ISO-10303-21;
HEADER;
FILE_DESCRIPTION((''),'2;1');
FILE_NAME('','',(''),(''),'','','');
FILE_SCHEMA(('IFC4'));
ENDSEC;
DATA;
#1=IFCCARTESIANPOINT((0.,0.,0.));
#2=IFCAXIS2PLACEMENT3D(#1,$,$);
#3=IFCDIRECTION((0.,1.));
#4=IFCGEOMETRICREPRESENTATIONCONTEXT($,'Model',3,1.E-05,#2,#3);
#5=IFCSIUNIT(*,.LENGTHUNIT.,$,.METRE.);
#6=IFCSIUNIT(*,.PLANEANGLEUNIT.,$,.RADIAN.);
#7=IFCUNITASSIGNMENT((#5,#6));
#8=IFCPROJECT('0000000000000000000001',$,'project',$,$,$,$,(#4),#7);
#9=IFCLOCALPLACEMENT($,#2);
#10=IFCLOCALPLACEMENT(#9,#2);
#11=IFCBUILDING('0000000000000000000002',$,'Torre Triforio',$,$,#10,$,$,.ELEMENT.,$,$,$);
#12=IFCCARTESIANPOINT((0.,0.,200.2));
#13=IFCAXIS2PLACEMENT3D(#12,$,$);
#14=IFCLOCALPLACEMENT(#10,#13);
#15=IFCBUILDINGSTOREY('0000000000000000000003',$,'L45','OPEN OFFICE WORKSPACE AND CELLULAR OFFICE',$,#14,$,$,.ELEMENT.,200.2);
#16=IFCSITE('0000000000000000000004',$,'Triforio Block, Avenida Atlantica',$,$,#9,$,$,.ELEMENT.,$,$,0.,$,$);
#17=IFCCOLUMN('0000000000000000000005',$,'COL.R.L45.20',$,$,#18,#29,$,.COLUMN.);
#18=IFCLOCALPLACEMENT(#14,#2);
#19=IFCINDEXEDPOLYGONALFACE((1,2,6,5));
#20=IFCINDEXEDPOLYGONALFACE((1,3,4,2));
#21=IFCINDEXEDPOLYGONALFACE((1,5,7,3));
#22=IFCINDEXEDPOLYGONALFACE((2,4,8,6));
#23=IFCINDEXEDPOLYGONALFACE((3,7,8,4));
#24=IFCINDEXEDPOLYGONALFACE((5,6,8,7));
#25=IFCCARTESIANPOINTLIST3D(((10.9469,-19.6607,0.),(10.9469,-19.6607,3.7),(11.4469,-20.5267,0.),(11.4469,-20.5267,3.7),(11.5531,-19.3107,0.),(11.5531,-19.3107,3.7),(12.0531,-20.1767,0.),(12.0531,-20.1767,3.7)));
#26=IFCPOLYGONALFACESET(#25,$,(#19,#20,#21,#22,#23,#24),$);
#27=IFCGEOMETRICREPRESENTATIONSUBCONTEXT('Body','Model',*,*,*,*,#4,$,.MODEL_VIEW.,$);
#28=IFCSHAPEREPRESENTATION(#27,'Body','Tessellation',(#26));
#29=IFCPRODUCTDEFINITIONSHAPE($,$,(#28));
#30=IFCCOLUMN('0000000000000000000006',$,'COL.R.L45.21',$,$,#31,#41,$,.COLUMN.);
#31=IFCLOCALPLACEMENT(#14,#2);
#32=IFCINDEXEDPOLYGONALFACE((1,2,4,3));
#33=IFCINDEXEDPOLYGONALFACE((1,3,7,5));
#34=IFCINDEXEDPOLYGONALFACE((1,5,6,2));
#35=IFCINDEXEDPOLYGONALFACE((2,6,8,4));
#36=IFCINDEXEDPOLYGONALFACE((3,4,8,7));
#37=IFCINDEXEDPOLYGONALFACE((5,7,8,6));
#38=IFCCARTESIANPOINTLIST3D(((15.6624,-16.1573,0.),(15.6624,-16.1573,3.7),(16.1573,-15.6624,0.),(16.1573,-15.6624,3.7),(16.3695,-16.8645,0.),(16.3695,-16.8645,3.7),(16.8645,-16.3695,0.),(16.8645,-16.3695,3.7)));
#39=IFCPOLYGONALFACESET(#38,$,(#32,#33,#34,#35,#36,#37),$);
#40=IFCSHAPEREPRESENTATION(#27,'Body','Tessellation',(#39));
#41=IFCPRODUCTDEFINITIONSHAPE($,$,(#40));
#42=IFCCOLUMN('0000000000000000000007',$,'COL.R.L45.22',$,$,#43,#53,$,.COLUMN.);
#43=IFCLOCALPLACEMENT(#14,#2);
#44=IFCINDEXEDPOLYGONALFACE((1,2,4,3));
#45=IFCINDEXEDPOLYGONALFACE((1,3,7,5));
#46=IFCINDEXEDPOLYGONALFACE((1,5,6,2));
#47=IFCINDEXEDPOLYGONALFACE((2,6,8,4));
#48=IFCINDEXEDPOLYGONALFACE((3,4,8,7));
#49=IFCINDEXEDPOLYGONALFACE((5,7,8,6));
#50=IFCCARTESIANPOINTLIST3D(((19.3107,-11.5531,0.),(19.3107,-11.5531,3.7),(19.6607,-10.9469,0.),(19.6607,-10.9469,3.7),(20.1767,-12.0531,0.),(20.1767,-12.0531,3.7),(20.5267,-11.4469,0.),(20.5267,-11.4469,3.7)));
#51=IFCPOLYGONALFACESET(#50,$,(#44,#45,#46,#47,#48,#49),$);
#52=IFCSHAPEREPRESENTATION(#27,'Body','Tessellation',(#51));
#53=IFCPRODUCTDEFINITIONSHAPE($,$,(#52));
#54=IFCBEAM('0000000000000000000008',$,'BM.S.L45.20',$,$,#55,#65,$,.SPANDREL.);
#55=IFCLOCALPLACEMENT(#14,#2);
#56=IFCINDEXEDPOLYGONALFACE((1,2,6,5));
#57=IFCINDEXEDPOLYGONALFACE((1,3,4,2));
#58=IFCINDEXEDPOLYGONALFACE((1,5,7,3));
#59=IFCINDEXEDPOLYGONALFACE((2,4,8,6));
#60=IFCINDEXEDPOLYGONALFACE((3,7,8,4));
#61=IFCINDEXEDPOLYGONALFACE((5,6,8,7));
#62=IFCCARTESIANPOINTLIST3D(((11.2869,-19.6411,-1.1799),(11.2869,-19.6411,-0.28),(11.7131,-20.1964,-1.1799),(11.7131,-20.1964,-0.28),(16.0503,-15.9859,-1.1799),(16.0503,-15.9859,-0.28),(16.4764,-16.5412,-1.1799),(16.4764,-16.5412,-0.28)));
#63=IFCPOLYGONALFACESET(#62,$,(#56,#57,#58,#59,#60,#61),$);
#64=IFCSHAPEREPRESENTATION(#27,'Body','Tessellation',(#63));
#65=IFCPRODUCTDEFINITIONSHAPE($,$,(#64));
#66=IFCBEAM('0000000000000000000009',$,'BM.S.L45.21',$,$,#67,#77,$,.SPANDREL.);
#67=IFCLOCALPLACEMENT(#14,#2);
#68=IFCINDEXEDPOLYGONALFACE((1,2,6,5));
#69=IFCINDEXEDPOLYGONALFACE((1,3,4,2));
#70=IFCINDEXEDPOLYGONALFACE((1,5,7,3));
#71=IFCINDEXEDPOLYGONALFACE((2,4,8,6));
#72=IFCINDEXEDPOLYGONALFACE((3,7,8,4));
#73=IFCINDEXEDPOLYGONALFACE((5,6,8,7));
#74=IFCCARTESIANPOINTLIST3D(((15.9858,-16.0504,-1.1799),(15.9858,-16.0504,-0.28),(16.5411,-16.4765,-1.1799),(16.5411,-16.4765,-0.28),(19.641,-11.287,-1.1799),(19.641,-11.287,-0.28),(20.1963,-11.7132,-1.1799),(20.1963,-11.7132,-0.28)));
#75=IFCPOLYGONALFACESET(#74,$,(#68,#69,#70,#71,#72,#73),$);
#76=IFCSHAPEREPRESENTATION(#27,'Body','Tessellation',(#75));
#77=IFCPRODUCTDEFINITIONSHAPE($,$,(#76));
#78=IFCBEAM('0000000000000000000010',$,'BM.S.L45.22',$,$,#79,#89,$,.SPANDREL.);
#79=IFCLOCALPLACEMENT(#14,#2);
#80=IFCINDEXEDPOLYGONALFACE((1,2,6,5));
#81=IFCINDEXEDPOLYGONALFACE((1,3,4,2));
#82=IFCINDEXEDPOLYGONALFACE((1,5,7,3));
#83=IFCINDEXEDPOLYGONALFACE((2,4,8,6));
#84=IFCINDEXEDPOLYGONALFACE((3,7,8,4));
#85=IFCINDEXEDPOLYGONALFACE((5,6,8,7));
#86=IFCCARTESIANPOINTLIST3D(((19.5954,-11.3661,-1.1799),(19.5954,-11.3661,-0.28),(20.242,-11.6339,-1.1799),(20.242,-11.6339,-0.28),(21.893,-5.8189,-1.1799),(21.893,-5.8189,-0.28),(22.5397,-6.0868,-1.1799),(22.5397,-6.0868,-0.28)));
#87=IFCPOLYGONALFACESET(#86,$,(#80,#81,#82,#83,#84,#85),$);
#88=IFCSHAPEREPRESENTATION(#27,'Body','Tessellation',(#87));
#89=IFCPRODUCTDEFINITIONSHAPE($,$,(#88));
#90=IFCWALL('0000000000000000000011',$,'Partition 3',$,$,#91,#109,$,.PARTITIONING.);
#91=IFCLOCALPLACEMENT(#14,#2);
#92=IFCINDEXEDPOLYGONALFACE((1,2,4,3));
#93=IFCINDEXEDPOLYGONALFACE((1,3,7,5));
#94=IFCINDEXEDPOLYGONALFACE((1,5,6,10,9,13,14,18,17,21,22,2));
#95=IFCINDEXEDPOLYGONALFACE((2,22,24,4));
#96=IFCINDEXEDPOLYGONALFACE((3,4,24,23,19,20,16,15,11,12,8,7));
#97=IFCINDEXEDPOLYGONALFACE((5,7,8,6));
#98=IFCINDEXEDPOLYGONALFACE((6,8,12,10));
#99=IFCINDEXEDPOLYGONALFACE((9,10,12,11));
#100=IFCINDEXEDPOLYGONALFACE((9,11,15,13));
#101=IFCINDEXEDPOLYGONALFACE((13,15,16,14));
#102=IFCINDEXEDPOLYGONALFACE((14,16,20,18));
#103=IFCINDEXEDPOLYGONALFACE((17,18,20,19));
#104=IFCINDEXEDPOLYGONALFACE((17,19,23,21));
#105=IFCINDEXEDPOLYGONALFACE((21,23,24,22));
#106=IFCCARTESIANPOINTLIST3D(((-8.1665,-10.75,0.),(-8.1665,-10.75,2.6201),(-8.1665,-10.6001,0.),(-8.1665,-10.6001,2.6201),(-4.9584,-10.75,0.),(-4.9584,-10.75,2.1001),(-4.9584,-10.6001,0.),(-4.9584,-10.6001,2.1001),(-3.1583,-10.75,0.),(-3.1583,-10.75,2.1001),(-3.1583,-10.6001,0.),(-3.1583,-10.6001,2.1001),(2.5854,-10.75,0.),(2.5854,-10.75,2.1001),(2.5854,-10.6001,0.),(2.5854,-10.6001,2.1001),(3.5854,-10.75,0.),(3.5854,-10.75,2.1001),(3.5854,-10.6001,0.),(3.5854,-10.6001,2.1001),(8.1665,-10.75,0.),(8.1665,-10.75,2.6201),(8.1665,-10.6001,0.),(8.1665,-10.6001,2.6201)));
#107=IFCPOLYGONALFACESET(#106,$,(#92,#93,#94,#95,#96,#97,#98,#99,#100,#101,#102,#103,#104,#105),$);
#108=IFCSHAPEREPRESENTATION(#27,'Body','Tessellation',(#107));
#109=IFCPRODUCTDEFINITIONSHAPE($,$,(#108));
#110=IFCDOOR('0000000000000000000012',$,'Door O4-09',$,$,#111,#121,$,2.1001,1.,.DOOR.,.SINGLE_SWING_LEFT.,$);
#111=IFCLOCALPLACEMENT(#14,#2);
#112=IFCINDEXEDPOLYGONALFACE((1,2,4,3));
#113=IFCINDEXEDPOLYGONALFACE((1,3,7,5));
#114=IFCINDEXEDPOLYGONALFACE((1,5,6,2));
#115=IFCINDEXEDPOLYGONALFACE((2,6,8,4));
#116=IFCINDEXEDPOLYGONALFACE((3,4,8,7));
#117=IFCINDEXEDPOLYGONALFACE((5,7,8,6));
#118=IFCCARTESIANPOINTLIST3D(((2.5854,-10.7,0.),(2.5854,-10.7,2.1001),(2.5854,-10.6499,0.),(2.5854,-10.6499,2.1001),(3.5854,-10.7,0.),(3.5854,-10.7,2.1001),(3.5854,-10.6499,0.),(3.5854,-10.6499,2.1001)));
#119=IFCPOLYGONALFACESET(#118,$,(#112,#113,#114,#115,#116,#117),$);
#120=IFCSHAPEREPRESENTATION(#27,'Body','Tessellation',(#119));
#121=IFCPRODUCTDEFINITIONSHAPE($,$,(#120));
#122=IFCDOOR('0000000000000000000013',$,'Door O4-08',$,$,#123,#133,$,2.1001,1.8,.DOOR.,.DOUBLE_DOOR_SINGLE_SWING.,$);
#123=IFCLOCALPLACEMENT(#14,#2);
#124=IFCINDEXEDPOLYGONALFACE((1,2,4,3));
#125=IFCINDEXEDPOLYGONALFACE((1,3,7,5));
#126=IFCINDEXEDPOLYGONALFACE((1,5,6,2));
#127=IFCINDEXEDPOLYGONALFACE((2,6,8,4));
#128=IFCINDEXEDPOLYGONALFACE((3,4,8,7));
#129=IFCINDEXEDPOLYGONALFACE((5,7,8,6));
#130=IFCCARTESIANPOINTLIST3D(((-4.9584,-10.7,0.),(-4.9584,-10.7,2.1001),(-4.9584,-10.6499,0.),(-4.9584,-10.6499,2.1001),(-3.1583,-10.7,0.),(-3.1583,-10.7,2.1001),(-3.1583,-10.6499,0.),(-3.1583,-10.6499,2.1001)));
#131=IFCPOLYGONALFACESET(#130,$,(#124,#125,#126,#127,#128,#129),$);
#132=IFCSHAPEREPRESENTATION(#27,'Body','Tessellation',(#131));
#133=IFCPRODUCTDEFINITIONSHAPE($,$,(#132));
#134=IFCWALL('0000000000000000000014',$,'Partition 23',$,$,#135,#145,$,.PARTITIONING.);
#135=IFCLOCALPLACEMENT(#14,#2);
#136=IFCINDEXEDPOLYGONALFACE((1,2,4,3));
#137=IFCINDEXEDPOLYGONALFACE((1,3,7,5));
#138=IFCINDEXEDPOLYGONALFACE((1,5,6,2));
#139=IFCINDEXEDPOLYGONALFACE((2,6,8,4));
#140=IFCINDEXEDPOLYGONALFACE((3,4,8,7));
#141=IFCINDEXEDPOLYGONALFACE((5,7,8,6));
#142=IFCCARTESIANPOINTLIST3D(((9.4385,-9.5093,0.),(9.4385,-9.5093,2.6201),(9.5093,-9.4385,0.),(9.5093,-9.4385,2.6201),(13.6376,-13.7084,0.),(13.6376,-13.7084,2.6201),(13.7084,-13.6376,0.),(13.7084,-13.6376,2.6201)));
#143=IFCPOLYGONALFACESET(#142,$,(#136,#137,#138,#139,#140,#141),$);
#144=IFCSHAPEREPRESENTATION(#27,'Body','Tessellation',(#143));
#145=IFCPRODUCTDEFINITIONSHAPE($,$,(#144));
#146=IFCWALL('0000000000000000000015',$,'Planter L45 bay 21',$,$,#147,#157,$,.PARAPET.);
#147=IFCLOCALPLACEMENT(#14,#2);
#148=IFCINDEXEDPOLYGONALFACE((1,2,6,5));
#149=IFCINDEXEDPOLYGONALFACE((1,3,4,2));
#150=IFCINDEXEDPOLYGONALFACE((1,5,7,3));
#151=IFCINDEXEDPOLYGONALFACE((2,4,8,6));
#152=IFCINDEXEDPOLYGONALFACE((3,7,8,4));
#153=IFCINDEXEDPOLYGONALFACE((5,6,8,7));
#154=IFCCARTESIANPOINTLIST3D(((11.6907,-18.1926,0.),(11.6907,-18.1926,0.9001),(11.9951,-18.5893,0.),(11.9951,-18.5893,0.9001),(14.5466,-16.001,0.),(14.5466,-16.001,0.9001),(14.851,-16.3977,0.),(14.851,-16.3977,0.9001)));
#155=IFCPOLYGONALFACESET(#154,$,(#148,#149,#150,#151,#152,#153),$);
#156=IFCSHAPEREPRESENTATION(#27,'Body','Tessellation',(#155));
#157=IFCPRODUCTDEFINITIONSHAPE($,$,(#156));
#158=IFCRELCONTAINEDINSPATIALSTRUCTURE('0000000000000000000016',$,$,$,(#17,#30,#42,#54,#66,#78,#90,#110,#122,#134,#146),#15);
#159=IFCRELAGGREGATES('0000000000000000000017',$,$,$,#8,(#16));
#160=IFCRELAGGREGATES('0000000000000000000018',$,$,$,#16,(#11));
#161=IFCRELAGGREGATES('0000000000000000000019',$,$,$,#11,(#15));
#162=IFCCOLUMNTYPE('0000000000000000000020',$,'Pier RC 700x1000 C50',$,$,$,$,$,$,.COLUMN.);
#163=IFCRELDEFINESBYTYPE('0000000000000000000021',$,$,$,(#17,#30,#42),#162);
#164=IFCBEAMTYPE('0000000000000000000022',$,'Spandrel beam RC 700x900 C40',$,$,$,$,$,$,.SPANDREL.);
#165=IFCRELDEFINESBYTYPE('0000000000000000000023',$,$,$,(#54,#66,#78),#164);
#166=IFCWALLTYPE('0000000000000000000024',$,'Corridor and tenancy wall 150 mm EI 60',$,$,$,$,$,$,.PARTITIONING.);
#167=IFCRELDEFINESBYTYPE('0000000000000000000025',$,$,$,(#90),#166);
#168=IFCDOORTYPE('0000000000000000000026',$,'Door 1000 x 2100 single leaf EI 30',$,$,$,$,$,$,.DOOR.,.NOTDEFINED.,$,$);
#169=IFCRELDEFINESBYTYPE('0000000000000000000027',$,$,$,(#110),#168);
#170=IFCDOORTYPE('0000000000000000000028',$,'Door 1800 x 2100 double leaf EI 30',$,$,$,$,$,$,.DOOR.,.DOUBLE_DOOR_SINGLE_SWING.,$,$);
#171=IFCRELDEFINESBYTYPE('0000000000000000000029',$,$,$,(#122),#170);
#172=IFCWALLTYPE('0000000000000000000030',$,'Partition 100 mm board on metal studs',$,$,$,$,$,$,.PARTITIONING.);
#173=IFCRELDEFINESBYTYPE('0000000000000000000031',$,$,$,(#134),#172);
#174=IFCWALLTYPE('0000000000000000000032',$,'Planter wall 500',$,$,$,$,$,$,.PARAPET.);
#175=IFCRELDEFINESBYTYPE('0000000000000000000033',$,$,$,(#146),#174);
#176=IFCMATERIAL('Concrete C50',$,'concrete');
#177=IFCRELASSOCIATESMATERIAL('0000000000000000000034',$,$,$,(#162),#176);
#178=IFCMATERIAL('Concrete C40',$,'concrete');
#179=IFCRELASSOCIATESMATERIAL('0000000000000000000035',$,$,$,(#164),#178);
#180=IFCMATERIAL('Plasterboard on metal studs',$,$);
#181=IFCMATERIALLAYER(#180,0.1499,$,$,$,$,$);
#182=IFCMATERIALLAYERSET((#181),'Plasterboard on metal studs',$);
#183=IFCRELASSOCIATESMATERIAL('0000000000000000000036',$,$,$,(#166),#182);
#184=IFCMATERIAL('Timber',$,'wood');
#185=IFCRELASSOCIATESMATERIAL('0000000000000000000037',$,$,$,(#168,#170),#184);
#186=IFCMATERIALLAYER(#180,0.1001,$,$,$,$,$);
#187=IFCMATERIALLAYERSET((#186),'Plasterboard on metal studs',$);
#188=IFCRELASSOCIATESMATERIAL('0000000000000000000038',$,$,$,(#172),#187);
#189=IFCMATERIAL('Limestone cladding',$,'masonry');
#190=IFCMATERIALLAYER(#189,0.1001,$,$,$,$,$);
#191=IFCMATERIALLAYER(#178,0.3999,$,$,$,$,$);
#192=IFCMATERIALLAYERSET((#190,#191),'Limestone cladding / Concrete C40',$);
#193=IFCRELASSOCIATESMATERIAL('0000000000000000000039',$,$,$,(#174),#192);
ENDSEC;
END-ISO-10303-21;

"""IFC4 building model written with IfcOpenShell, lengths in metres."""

from ifc_helpers import new_model, si_unit, direction, frame, frame_2d, origin, origin_2d, place, context, subcontext, project, spatial, rectangle, extrude, material, layer, layer_set, material_profile, profile_set, type_object, element, fill, save


model = new_model("IFC4")

# Units and contexts
model_context = context("Model", 3, precision=1e-05, world=origin(), true_north=direction((0.0, 1.0)))
body_context = subcontext(model_context, "Body", "Model", "MODEL_VIEW")
ifc_project = project(units=[si_unit("LENGTHUNIT", "METRE"), si_unit("PLANEANGLEUNIT", "RADIAN")], contexts=[model_context])

# Site, building, storey
site_placement = place(None, origin())
site = spatial("IfcSite", under=ifc_project, at=site_placement, Name="Triforio Block, Avenida Atlantica", CompositionType="ELEMENT", RefElevation=0.0)
building_placement = place(site_placement, origin())
building = spatial("IfcBuilding", under=site, at=building_placement, Name="Torre Triforio", CompositionType="ELEMENT")
storey_placement = place(building_placement, frame((0.0, 0.0, 200.2)))
storey = spatial("IfcBuildingStorey", under=building, at=storey_placement, Name="L45", Description="OPEN OFFICE WORKSPACE AND CELLULAR OFFICE", CompositionType="ELEMENT", Elevation=200.2)

# Columns
ifc_material_1 = material(Name="Concrete C50", Category="concrete")
ifc_material_profile_1 = material_profile(ifc_material_1, rectangle(XDim=0.7, YDim=1.0, at=origin_2d()), Name="RC 700x1000")
ifc_profile_set_1 = profile_set([ifc_material_profile_1], Name="Concrete C50")
column_type = type_object("IfcColumnType", Name="Pier RC 700x1000 C50", PredefinedType="COLUMN", material=ifc_profile_set_1)
for number, where, z_axis, x_axis, name in (
    (1, (11.5, -19.9187, 0.0), (0.0, 0.0, 1.0), (0.866025, 0.5, 0.0), "COL.R.L45.20"),
    (2, (16.2634, -16.2634, 0.0), (0.0, 0.0, 1.0), (0.707107, 0.707107, 0.0), "COL.R.L45.21"),
    (3, (19.9187, -11.5, 0.0), (0.0, 0.0, 1.0), (0.5, 0.866025, 0.0), "COL.R.L45.22"),
):
    element("IfcColumn", number, at=place(storey_placement, frame(where, z_axis=z_axis, x_axis=x_axis)), inside=storey, type_object=column_type, Name=name, PredefinedType="COLUMN", context=body_context, shape_type="SweptSolid", body=[
        extrude(rectangle(XDim=0.7, YDim=1.0, at=origin_2d()), origin(), (0.0, 0.0, 1.0), 3.7),
    ])

# Beams
ifc_material_2 = material(Name="Concrete C40", Category="concrete")
ifc_material_profile_2 = material_profile(ifc_material_2, rectangle(XDim=0.7, YDim=0.8999, at=origin_2d()), Name="RC 700x900")
ifc_profile_set_2 = profile_set([ifc_material_profile_2], Name="Concrete C40")
beam_type = type_object("IfcBeamType", Name="Spandrel beam RC 700x900 C40", PredefinedType="SPANDREL", material=ifc_profile_set_2)
for number, where, z_axis, x_axis, name in (
    (4, (11.5, -19.9187, -0.73), (0.79334, 0.608779, 0.0), (-0.608779, 0.79334, 0.0), "BM.S.L45.20"),
    (5, (16.2634, -16.2634, -0.73), (0.608779, 0.79334, 0.0), (-0.79334, 0.608779, 0.0), "BM.S.L45.21"),
    (6, (19.9187, -11.5, -0.73), (0.382671, 0.923885, 0.0), (-0.923885, 0.382671, 0.0), "BM.S.L45.22"),
):
    element("IfcBeam", number, at=place(storey_placement, frame(where, z_axis=z_axis, x_axis=x_axis)), inside=storey, type_object=beam_type, Name=name, PredefinedType="SPANDREL", context=body_context, shape_type="SweptSolid", body=[
        extrude(rectangle(XDim=0.7, YDim=0.8999, at=origin_2d()), origin(), (0.0, 0.0, 1.0), 6.0042),
    ])

# Wall, openings, doors
ifc_material_3 = material(Name="Plasterboard on metal studs")
ifc_layer_1 = layer(ifc_material_3, 0.1499)
ifc_layer_set_1 = layer_set([ifc_layer_1], Name="Plasterboard on metal studs")
wall_type_1 = type_object("IfcWallType", Name="Corridor and tenancy wall 150 mm EI 60", PredefinedType="PARTITIONING", material=ifc_layer_set_1)
wall_1_placement = place(storey_placement, frame((8.1665, -10.675, 0.0), z_axis=(0.0, 0.0, 1.0), x_axis=(-1.0, 0.0, 0.0)))
wall_1 = element("IfcWall", 7, at=wall_1_placement, inside=storey, type_object=wall_type_1, Name="Partition 3", PredefinedType="PARTITIONING", context=body_context, shape_type="SweptSolid", body=[
    extrude(rectangle(XDim=16.333, YDim=0.1499, at=frame_2d((8.1665, 0.0))), origin(), (0.0, 0.0, 1.0), 2.6201),
])
opening_1_placement = place(wall_1_placement, frame((11.325, 0.0, 0.0)))
opening_1 = element("IfcOpeningElement", 8, at=opening_1_placement, cuts=wall_1, PredefinedType="OPENING", context=body_context, shape_type="SweptSolid", body=[
    extrude(rectangle(XDim=1.8, YDim=2.1001, at=frame_2d((0.8999, 1.05))), frame((0.0, 0.085, 0.0), z_axis=(0.0, -1.0, 0.0), x_axis=(1.0, 0.0, 0.0)), (0.0, 0.0, 1.0), 0.1699),
])
opening_2_placement = place(wall_1_placement, frame((4.5811, 0.0, 0.0)))
opening_2 = element("IfcOpeningElement", 9, at=opening_2_placement, cuts=wall_1, PredefinedType="OPENING", context=body_context, shape_type="SweptSolid", body=[
    extrude(rectangle(XDim=1.0, YDim=2.1001, at=frame_2d((0.5, 1.05))), frame((0.0, 0.085, 0.0), z_axis=(0.0, -1.0, 0.0), x_axis=(1.0, 0.0, 0.0)), (0.0, 0.0, 1.0), 0.1699),
])
ifc_material_4 = material(Name="Timber", Category="wood")
door_type_1 = type_object("IfcDoorType", Name="Door 1000 x 2100 single leaf EI 30", OperationType="NOTDEFINED", PredefinedType="DOOR", material=ifc_material_4)
door_1_placement = place(opening_2_placement, origin())
door_1 = element("IfcDoor", 10, at=door_1_placement, inside=storey, type_object=door_type_1, Name="Door O4-09", OperationType="SINGLE_SWING_LEFT", OverallHeight=2.1001, OverallWidth=1.0, PredefinedType="DOOR", context=body_context, shape_type="SweptSolid", body=[
    extrude(rectangle(XDim=1.0, YDim=2.1001, at=frame_2d((0.5, 1.05))), frame((0.0, 0.0249, 0.0), z_axis=(0.0, -1.0, 0.0), x_axis=(1.0, 0.0, 0.0)), (0.0, 0.0, 1.0), 0.05),
])
fill(opening_2, door_1)
door_type_2 = type_object("IfcDoorType", Name="Door 1800 x 2100 double leaf EI 30", OperationType="DOUBLE_DOOR_SINGLE_SWING", PredefinedType="DOOR", material=ifc_material_4)
door_2_placement = place(opening_1_placement, origin())
door_2 = element("IfcDoor", 11, at=door_2_placement, inside=storey, type_object=door_type_2, Name="Door O4-08", OperationType="DOUBLE_DOOR_SINGLE_SWING", OverallHeight=2.1001, OverallWidth=1.8, PredefinedType="DOOR", context=body_context, shape_type="SweptSolid", body=[
    extrude(rectangle(XDim=1.8, YDim=2.1001, at=frame_2d((0.8999, 1.05))), frame((0.0, 0.0249, 0.0), z_axis=(0.0, -1.0, 0.0), x_axis=(1.0, 0.0, 0.0)), (0.0, 0.0, 1.0), 0.05),
])
fill(opening_1, door_2)

# Walls
ifc_layer_2 = layer(ifc_material_3, 0.1001)
ifc_layer_set_2 = layer_set([ifc_layer_2], Name="Plasterboard on metal studs")
wall_type_2 = type_object("IfcWallType", Name="Partition 100 mm board on metal studs", PredefinedType="PARTITIONING", material=ifc_layer_set_2)
wall_2_placement = place(storey_placement, frame((9.4739, -9.4739, 0.0), z_axis=(0.0, 0.0, 1.0), x_axis=(0.707107, -0.707107, 0.0)))
element("IfcWall", 12, at=wall_2_placement, inside=storey, type_object=wall_type_2, Name="Partition 23", PredefinedType="PARTITIONING", context=body_context, shape_type="SweptSolid", body=[
    extrude(rectangle(XDim=5.9385, YDim=0.1001, at=frame_2d((2.9692, 0.0))), origin(), (0.0, 0.0, 1.0), 2.6201),
])
ifc_material_5 = material(Name="Limestone cladding", Category="masonry")
ifc_layer_3 = layer(ifc_material_5, 0.1001)
ifc_layer_4 = layer(ifc_material_2, 0.3999)
ifc_layer_set_3 = layer_set([ifc_layer_3, ifc_layer_4], Name="Limestone cladding / Concrete C40")
wall_type_3 = type_object("IfcWallType", Name="Planter wall 500", PredefinedType="PARAPET", material=ifc_layer_set_3)
wall_3_placement = place(storey_placement, frame((11.843, -18.3909, 0.0), z_axis=(0.0, 0.0, 1.0), x_axis=(0.793327, 0.608796, 0.0)))
element("IfcWall", 13, at=wall_3_placement, inside=storey, type_object=wall_type_3, Name="Planter L45 bay 21", PredefinedType="PARAPET", context=body_context, shape_type="SweptSolid", body=[
    extrude(rectangle(XDim=3.5999, YDim=0.5, at=frame_2d((1.7998, 0.0))), origin(), (0.0, 0.0, 1.0), 0.9001),
])

save(model, "model.ifc")
